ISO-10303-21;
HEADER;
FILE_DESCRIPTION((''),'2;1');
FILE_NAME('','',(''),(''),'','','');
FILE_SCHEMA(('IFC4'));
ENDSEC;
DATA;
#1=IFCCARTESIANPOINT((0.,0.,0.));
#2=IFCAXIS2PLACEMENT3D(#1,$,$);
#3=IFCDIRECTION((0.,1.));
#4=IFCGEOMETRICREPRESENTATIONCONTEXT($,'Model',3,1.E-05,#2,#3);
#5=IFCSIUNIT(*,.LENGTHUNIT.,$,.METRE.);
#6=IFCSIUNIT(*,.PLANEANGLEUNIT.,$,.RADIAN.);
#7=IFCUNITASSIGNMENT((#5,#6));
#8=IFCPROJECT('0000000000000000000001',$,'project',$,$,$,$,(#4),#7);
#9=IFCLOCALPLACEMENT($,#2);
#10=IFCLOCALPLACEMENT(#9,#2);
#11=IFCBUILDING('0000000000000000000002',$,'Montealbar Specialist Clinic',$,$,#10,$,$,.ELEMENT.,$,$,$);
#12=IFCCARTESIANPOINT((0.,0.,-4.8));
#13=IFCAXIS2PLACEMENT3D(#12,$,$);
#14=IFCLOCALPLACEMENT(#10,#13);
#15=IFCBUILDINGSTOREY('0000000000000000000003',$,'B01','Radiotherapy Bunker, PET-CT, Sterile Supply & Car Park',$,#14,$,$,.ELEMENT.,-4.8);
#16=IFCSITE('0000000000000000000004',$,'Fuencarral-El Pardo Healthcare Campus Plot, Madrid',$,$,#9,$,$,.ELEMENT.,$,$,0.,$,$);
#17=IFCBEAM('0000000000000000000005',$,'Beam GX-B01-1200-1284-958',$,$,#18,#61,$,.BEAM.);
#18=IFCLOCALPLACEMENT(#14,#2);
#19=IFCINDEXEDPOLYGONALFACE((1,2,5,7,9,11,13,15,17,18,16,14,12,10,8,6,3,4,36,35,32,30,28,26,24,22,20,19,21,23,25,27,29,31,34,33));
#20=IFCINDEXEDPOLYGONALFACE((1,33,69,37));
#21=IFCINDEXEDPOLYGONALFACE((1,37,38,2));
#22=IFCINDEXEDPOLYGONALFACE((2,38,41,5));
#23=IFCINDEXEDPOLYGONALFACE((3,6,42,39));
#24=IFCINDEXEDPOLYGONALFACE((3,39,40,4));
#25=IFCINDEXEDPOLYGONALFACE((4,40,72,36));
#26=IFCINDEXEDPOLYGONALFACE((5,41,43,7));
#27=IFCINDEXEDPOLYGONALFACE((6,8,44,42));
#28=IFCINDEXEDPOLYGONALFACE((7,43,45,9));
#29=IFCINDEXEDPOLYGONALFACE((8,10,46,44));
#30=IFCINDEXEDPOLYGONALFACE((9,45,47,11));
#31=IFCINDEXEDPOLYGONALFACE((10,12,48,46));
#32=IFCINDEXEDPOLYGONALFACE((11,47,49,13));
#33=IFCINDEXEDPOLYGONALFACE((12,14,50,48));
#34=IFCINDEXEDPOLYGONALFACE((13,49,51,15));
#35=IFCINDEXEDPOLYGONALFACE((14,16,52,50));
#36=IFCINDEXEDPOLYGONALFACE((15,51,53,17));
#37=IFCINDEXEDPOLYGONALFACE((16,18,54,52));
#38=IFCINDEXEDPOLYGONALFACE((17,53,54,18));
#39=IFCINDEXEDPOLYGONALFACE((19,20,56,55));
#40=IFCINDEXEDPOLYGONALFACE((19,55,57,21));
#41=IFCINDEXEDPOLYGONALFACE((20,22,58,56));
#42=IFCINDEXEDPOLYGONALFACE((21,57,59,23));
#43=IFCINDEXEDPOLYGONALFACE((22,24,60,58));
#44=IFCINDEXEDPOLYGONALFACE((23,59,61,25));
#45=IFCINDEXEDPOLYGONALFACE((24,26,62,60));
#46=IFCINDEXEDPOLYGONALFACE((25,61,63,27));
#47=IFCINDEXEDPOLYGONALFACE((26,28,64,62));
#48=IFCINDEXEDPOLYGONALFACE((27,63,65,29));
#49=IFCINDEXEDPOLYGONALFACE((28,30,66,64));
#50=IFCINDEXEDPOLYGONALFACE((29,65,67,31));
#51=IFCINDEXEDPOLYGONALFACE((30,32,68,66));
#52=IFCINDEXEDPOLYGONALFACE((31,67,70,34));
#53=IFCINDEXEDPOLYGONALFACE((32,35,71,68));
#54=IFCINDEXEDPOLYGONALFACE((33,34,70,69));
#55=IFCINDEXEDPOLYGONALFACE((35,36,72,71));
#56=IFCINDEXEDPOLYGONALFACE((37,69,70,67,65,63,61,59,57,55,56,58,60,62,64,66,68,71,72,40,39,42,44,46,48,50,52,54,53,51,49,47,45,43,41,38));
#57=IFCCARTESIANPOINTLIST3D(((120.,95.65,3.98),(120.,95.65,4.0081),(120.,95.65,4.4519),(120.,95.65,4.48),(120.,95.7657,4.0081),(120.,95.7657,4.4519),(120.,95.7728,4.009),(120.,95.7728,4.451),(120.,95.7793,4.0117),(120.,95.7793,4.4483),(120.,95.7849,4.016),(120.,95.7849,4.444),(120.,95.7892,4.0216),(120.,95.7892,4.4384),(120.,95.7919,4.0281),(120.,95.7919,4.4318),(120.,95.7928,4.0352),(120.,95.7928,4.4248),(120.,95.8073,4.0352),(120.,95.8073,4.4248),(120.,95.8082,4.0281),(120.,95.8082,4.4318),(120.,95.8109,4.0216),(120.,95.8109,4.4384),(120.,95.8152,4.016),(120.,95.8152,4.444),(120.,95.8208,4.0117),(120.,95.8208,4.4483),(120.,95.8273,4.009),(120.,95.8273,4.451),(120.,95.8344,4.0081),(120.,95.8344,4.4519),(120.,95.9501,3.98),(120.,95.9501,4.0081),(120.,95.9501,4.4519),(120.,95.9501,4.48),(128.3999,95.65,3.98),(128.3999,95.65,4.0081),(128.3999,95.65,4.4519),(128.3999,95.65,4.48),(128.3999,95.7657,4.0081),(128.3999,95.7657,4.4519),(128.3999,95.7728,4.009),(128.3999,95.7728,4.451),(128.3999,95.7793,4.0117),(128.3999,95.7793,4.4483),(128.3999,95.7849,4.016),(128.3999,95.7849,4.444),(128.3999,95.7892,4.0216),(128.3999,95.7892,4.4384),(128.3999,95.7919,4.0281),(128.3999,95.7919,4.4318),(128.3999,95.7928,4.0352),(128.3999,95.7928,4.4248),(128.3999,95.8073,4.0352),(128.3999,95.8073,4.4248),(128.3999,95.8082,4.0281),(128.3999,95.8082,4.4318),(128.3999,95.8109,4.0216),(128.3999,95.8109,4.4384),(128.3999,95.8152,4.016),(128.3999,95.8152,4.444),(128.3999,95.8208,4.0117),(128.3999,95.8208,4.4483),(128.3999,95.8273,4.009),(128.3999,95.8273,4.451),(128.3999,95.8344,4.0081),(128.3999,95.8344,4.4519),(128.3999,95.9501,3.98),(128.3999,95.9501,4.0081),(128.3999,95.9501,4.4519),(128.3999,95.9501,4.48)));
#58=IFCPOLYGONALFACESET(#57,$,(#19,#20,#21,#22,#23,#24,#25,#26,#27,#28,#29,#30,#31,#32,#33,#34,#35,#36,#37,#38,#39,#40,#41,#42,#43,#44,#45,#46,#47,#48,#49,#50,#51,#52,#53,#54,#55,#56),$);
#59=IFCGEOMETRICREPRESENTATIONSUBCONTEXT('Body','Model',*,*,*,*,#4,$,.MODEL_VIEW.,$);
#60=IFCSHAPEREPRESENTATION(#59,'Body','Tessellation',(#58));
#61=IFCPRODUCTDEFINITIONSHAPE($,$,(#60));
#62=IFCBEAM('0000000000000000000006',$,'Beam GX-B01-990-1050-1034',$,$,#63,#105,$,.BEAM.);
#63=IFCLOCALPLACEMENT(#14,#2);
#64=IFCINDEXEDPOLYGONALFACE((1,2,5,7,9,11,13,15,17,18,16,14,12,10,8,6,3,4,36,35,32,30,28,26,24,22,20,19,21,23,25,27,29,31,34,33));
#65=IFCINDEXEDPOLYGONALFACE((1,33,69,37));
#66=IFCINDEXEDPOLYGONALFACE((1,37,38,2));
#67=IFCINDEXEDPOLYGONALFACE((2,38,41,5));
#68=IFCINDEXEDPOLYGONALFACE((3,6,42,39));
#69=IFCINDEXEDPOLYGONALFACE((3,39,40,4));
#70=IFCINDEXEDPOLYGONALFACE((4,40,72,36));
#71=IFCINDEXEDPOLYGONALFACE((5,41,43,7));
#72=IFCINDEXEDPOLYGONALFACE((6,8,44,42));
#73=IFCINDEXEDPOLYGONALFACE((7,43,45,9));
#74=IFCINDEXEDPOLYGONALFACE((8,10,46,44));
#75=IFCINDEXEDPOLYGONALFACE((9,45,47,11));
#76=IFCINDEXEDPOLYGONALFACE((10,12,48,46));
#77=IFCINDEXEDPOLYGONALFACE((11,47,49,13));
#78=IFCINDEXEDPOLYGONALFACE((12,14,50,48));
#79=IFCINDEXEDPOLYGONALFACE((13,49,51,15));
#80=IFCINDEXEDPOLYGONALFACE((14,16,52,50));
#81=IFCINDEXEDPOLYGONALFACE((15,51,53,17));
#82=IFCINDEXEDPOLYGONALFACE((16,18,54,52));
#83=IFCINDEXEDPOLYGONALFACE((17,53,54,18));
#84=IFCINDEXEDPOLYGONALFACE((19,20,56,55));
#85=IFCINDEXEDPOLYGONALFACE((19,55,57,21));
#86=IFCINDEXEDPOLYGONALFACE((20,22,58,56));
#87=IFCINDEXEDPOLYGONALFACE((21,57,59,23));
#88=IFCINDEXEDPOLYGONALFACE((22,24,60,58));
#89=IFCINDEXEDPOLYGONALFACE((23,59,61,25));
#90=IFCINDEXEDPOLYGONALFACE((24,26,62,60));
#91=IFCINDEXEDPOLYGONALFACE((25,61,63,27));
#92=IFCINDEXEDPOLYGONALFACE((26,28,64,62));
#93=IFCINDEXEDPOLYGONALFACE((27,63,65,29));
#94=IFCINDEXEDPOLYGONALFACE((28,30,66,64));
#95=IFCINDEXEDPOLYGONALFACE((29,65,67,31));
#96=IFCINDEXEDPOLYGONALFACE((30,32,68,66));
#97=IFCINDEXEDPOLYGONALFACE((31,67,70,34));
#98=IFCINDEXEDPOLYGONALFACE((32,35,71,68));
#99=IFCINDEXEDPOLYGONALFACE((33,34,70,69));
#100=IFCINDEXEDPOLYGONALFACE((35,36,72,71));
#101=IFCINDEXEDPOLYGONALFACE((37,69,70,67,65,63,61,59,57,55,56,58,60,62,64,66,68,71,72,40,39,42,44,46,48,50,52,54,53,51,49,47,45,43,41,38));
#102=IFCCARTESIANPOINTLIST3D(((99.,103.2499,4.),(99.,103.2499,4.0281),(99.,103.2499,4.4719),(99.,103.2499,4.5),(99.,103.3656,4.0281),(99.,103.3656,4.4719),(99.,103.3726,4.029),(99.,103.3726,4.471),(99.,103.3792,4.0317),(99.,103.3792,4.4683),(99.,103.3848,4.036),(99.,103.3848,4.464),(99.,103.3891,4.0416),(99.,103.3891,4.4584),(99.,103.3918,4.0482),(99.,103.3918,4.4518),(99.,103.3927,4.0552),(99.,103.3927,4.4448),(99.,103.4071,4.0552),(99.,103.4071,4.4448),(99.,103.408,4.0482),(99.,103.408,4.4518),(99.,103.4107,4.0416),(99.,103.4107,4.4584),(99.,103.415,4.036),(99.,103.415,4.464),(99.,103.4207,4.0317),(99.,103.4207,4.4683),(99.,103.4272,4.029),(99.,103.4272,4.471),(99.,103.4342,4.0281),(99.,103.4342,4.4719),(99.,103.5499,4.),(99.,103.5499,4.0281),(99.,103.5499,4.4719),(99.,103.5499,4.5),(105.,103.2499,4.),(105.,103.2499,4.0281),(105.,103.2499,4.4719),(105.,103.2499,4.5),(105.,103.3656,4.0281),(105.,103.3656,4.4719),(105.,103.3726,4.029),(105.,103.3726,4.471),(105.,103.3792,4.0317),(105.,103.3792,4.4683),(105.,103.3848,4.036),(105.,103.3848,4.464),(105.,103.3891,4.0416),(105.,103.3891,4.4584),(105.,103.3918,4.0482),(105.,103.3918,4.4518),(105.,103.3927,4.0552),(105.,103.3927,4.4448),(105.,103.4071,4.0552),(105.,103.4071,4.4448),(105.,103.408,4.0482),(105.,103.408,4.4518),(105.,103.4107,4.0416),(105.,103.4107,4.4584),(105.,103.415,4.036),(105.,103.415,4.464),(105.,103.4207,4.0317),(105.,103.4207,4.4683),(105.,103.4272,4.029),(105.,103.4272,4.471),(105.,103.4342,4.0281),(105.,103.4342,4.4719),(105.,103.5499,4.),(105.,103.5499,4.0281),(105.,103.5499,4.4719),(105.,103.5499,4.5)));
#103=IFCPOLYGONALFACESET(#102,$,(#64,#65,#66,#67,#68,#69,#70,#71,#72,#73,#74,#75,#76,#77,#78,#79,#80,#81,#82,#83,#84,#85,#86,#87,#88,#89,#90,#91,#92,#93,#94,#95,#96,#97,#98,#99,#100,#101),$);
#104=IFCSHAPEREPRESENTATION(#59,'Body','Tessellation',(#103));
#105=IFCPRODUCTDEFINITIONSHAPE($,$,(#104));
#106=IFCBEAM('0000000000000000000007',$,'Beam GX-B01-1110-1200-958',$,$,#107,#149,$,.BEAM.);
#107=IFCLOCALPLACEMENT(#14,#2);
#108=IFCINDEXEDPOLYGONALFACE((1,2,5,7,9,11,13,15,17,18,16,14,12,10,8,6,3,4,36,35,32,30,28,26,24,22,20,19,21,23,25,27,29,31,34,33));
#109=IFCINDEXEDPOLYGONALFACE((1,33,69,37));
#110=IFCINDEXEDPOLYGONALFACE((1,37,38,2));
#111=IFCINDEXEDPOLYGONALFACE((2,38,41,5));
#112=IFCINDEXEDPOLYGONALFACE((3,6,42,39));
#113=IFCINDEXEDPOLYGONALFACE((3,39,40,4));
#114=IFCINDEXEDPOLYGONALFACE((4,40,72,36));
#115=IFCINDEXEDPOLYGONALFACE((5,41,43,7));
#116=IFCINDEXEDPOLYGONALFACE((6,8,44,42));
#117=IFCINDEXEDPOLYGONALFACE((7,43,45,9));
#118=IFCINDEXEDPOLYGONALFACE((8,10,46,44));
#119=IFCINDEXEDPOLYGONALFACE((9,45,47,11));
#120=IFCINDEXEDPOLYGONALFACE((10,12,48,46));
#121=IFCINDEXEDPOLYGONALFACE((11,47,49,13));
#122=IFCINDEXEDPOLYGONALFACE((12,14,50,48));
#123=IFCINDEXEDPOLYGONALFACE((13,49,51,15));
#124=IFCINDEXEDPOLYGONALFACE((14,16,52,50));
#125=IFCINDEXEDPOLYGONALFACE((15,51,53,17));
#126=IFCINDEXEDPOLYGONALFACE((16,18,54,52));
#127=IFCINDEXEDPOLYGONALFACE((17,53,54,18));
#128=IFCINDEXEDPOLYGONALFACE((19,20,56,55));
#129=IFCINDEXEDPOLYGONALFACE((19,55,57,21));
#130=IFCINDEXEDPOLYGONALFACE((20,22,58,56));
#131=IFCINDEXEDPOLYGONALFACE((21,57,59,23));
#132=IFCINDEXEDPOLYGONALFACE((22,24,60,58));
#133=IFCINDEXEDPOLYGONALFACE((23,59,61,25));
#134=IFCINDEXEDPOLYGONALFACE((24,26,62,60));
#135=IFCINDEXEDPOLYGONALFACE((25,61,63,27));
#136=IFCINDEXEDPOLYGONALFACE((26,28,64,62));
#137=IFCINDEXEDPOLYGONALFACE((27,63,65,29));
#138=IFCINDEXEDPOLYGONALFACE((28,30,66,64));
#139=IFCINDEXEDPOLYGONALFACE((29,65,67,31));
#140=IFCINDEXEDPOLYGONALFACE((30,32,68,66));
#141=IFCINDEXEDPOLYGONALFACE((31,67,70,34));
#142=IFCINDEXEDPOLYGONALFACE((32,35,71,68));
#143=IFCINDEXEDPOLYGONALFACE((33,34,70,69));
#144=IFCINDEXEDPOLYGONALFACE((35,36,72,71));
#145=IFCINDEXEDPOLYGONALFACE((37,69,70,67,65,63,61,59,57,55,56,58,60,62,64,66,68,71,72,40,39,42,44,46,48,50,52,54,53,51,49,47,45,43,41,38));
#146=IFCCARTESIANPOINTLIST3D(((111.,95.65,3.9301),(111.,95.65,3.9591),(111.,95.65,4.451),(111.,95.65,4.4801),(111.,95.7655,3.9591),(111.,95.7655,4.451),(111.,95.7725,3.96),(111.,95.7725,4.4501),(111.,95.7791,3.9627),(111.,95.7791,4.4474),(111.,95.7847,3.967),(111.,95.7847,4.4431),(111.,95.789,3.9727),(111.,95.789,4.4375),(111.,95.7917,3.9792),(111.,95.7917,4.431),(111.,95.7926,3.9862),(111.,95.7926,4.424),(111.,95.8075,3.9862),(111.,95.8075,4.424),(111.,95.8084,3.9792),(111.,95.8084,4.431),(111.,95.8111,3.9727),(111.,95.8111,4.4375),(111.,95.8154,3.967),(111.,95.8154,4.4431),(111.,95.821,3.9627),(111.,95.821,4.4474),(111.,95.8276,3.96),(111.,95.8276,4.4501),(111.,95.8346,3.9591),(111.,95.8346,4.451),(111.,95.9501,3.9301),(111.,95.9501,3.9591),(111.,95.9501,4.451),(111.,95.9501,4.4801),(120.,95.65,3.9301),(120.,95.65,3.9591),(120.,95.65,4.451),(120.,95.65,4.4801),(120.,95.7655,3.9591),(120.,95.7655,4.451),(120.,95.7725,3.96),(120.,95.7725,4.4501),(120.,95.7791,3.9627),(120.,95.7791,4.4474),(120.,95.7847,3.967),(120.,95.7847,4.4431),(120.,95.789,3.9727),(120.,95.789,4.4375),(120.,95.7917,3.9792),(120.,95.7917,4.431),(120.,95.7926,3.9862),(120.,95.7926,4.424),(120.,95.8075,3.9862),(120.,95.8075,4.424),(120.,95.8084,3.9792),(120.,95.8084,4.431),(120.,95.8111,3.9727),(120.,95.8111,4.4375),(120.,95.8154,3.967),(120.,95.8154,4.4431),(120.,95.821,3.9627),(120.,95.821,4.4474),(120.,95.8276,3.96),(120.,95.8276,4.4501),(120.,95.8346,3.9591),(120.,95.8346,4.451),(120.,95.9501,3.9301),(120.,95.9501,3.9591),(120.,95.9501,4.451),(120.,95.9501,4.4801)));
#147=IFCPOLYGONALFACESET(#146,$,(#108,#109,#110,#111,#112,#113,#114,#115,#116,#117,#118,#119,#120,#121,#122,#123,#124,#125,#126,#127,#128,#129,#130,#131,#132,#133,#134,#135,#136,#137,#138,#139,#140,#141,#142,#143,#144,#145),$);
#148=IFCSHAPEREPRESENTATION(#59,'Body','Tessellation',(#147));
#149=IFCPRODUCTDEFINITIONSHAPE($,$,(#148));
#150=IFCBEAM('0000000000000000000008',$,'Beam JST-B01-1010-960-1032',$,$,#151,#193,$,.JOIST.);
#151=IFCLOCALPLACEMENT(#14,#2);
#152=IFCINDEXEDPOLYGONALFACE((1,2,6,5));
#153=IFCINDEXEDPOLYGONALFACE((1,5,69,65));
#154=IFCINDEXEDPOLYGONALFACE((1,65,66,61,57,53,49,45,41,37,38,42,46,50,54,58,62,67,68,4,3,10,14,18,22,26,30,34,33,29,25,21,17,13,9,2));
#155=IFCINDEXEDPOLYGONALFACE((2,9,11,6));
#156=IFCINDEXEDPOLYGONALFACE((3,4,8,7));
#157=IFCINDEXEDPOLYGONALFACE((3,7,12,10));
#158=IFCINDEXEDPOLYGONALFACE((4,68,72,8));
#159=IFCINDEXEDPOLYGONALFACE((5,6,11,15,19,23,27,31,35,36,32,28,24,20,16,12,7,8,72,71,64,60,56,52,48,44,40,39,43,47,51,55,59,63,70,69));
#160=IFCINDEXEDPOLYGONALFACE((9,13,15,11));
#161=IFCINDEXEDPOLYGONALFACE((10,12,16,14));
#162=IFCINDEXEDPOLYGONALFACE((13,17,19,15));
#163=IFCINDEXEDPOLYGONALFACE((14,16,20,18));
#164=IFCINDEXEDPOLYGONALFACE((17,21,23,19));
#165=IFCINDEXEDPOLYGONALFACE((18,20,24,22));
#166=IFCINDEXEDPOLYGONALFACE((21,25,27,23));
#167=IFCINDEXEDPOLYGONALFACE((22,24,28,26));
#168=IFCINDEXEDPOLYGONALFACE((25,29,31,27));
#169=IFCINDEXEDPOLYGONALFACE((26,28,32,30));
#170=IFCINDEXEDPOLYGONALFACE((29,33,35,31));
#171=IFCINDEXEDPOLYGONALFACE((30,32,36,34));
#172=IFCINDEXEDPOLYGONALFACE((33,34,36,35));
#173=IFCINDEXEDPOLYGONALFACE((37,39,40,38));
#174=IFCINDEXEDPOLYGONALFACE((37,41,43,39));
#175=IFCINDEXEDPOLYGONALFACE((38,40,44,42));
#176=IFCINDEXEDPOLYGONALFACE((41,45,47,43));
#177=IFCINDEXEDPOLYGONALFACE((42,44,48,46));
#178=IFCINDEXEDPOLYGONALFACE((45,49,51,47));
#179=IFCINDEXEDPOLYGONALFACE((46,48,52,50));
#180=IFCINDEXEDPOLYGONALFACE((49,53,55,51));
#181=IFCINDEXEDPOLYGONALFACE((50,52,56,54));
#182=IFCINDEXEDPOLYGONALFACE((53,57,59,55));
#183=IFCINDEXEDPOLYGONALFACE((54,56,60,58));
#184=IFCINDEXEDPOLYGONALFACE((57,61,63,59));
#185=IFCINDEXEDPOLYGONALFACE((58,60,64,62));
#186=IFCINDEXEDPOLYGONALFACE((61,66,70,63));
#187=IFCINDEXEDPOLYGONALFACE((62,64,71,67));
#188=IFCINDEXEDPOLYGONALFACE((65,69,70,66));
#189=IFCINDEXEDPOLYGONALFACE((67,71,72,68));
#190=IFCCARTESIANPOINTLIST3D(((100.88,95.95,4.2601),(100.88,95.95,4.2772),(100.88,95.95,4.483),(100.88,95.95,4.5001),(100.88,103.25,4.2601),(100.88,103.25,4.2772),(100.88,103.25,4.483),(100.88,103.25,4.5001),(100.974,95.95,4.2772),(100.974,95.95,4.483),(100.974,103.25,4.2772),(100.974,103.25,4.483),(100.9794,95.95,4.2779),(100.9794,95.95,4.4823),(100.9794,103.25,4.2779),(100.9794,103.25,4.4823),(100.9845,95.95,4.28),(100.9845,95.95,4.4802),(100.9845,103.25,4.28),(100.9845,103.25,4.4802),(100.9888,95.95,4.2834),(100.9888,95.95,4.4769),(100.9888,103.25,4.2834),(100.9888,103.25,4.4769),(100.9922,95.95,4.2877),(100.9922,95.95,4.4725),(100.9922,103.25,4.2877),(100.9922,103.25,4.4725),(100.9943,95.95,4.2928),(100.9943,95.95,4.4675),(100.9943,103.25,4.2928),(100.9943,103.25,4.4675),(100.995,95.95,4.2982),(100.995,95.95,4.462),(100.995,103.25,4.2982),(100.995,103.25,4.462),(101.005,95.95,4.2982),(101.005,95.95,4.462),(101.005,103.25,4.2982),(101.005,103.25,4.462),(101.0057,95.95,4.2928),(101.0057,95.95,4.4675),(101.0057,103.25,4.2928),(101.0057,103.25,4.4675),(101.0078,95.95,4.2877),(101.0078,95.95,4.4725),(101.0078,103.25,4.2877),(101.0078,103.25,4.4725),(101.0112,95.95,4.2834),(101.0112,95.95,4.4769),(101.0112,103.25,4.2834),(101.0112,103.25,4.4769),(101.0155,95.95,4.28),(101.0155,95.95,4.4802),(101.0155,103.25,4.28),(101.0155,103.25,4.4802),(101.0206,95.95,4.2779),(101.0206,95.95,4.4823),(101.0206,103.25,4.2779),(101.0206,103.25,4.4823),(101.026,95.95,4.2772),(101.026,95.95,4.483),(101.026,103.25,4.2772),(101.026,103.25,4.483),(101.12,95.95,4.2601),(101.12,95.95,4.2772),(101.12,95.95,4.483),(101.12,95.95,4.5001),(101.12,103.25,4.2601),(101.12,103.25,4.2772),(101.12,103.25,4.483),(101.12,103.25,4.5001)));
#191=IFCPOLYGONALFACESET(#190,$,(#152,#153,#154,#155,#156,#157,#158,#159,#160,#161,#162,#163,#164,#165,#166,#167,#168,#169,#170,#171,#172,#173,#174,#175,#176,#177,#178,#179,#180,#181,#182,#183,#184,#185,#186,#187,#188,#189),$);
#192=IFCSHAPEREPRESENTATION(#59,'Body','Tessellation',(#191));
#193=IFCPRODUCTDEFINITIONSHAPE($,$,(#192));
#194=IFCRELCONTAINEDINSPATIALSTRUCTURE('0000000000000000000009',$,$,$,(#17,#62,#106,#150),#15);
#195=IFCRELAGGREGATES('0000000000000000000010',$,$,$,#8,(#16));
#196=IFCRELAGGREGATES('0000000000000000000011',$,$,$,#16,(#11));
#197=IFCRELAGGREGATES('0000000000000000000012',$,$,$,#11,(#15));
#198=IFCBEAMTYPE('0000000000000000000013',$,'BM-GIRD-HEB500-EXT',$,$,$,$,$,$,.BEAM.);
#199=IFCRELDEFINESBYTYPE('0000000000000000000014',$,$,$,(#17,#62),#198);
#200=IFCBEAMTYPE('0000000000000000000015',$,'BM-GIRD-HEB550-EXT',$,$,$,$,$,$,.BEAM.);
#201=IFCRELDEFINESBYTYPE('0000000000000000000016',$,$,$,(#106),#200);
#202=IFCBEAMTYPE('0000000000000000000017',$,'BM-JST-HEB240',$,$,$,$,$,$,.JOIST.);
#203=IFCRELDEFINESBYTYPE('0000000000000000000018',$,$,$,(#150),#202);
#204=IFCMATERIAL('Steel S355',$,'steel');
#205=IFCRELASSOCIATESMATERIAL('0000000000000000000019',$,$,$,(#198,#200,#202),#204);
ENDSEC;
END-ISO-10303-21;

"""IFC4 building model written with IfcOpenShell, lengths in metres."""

from ifc_helpers import new_model, si_unit, direction, frame, origin, origin_2d, place, context, subcontext, project, spatial, i_section, extrude, material, material_profile, profile_set, type_object, element, save


model = new_model("IFC4")

# Units and contexts
model_context = context("Model", 3, precision=1e-05, world=origin(), true_north=direction((0.0, 1.0)))
body_context = subcontext(model_context, "Body", "Model", "MODEL_VIEW")
ifc_project = project(units=[si_unit("LENGTHUNIT", "METRE"), si_unit("PLANEANGLEUNIT", "RADIAN")], contexts=[model_context])

# Site, building, storey
site_placement = place(None, origin())
site = spatial("IfcSite", under=ifc_project, at=site_placement, Name="Fuencarral-El Pardo Healthcare Campus Plot, Madrid", CompositionType="ELEMENT", RefElevation=0.0)
building_placement = place(site_placement, origin())
building = spatial("IfcBuilding", under=site, at=building_placement, Name="Montealbar Specialist Clinic", CompositionType="ELEMENT")
storey_placement = place(building_placement, frame((0.0, 0.0, -4.8)))
storey = spatial("IfcBuildingStorey", under=building, at=storey_placement, Name="B01", Description="Radiotherapy Bunker, PET-CT, Sterile Supply & Car Park", CompositionType="ELEMENT", Elevation=-4.8)

# Shared definitions
ifc_material_1 = material(Name="Steel S355", Category="steel")

# Beams
ifc_material_profile_1 = material_profile(ifc_material_1, i_section(OverallWidth=0.3, OverallDepth=0.5, WebThickness=0.0144, FlangeThickness=0.0281, FilletRadius=0.0271, at=origin_2d()), Name="HEB 500", Category="steel")
ifc_profile_set_1 = profile_set([ifc_material_profile_1], Name="Steel S355")
beam_type_1 = type_object("IfcBeamType", Name="BM-GIRD-HEB500-EXT", PredefinedType="BEAM", material=ifc_profile_set_1)
beam_1_placement = place(storey_placement, frame((120.0, 95.8, 4.23), z_axis=(1.0, 0.0, 0.0), x_axis=(0.0, 1.0, 0.0)))
element("IfcBeam", 1, at=beam_1_placement, inside=storey, type_object=beam_type_1, Name="Beam GX-B01-1200-1284-958", PredefinedType="BEAM", context=body_context, shape_type="SweptSolid", body=[
    extrude(i_section(OverallWidth=0.3, OverallDepth=0.5, WebThickness=0.0144, FlangeThickness=0.0281, FilletRadius=0.0271, at=origin_2d()), origin(), (0.0, 0.0, 1.0), 8.3999),
])
beam_2_placement = place(storey_placement, frame((99.0, 103.3999, 4.25), z_axis=(1.0, 0.0, 0.0), x_axis=(0.0, 1.0, 0.0)))
element("IfcBeam", 2, at=beam_2_placement, inside=storey, type_object=beam_type_1, Name="Beam GX-B01-990-1050-1034", PredefinedType="BEAM", context=body_context, shape_type="SweptSolid", body=[
    extrude(i_section(OverallWidth=0.3, OverallDepth=0.5, WebThickness=0.0144, FlangeThickness=0.0281, FilletRadius=0.0271, at=origin_2d()), origin(), (0.0, 0.0, 1.0), 6.0),
])
ifc_material_profile_2 = material_profile(ifc_material_1, i_section(OverallWidth=0.3, OverallDepth=0.55, WebThickness=0.0149, FlangeThickness=0.0291, FilletRadius=0.0271, at=origin_2d()), Name="HEB 550", Category="steel")
ifc_profile_set_2 = profile_set([ifc_material_profile_2], Name="Steel S355")
beam_type_2 = type_object("IfcBeamType", Name="BM-GIRD-HEB550-EXT", PredefinedType="BEAM", material=ifc_profile_set_2)
beam_3_placement = place(storey_placement, frame((111.0, 95.8, 4.2051), z_axis=(1.0, 0.0, 0.0), x_axis=(0.0, 1.0, 0.0)))
element("IfcBeam", 3, at=beam_3_placement, inside=storey, type_object=beam_type_2, Name="Beam GX-B01-1110-1200-958", PredefinedType="BEAM", context=body_context, shape_type="SweptSolid", body=[
    extrude(i_section(OverallWidth=0.3, OverallDepth=0.55, WebThickness=0.0149, FlangeThickness=0.0291, FilletRadius=0.0271, at=origin_2d()), origin(), (0.0, 0.0, 1.0), 9.0),
])
ifc_material_profile_3 = material_profile(ifc_material_1, i_section(OverallWidth=0.24, OverallDepth=0.24, WebThickness=0.01, FlangeThickness=0.0171, FilletRadius=0.021, at=origin_2d()), Name="HEB 240", Category="steel")
ifc_profile_set_3 = profile_set([ifc_material_profile_3], Name="Steel S355")
beam_type_3 = type_object("IfcBeamType", Name="BM-JST-HEB240", PredefinedType="JOIST", material=ifc_profile_set_3)
beam_4_placement = place(storey_placement, frame((101.0, 95.95, 4.3801), z_axis=(0.0, 1.0, 0.0), x_axis=(-1.0, 0.0, 0.0)))
element("IfcBeam", 4, at=beam_4_placement, inside=storey, type_object=beam_type_3, Name="Beam JST-B01-1010-960-1032", PredefinedType="JOIST", context=body_context, shape_type="SweptSolid", body=[
    extrude(i_section(OverallWidth=0.24, OverallDepth=0.24, WebThickness=0.01, FlangeThickness=0.0171, FilletRadius=0.021, at=origin_2d()), origin(), (0.0, 0.0, 1.0), 7.3),
])

save(model, "model.ifc")
